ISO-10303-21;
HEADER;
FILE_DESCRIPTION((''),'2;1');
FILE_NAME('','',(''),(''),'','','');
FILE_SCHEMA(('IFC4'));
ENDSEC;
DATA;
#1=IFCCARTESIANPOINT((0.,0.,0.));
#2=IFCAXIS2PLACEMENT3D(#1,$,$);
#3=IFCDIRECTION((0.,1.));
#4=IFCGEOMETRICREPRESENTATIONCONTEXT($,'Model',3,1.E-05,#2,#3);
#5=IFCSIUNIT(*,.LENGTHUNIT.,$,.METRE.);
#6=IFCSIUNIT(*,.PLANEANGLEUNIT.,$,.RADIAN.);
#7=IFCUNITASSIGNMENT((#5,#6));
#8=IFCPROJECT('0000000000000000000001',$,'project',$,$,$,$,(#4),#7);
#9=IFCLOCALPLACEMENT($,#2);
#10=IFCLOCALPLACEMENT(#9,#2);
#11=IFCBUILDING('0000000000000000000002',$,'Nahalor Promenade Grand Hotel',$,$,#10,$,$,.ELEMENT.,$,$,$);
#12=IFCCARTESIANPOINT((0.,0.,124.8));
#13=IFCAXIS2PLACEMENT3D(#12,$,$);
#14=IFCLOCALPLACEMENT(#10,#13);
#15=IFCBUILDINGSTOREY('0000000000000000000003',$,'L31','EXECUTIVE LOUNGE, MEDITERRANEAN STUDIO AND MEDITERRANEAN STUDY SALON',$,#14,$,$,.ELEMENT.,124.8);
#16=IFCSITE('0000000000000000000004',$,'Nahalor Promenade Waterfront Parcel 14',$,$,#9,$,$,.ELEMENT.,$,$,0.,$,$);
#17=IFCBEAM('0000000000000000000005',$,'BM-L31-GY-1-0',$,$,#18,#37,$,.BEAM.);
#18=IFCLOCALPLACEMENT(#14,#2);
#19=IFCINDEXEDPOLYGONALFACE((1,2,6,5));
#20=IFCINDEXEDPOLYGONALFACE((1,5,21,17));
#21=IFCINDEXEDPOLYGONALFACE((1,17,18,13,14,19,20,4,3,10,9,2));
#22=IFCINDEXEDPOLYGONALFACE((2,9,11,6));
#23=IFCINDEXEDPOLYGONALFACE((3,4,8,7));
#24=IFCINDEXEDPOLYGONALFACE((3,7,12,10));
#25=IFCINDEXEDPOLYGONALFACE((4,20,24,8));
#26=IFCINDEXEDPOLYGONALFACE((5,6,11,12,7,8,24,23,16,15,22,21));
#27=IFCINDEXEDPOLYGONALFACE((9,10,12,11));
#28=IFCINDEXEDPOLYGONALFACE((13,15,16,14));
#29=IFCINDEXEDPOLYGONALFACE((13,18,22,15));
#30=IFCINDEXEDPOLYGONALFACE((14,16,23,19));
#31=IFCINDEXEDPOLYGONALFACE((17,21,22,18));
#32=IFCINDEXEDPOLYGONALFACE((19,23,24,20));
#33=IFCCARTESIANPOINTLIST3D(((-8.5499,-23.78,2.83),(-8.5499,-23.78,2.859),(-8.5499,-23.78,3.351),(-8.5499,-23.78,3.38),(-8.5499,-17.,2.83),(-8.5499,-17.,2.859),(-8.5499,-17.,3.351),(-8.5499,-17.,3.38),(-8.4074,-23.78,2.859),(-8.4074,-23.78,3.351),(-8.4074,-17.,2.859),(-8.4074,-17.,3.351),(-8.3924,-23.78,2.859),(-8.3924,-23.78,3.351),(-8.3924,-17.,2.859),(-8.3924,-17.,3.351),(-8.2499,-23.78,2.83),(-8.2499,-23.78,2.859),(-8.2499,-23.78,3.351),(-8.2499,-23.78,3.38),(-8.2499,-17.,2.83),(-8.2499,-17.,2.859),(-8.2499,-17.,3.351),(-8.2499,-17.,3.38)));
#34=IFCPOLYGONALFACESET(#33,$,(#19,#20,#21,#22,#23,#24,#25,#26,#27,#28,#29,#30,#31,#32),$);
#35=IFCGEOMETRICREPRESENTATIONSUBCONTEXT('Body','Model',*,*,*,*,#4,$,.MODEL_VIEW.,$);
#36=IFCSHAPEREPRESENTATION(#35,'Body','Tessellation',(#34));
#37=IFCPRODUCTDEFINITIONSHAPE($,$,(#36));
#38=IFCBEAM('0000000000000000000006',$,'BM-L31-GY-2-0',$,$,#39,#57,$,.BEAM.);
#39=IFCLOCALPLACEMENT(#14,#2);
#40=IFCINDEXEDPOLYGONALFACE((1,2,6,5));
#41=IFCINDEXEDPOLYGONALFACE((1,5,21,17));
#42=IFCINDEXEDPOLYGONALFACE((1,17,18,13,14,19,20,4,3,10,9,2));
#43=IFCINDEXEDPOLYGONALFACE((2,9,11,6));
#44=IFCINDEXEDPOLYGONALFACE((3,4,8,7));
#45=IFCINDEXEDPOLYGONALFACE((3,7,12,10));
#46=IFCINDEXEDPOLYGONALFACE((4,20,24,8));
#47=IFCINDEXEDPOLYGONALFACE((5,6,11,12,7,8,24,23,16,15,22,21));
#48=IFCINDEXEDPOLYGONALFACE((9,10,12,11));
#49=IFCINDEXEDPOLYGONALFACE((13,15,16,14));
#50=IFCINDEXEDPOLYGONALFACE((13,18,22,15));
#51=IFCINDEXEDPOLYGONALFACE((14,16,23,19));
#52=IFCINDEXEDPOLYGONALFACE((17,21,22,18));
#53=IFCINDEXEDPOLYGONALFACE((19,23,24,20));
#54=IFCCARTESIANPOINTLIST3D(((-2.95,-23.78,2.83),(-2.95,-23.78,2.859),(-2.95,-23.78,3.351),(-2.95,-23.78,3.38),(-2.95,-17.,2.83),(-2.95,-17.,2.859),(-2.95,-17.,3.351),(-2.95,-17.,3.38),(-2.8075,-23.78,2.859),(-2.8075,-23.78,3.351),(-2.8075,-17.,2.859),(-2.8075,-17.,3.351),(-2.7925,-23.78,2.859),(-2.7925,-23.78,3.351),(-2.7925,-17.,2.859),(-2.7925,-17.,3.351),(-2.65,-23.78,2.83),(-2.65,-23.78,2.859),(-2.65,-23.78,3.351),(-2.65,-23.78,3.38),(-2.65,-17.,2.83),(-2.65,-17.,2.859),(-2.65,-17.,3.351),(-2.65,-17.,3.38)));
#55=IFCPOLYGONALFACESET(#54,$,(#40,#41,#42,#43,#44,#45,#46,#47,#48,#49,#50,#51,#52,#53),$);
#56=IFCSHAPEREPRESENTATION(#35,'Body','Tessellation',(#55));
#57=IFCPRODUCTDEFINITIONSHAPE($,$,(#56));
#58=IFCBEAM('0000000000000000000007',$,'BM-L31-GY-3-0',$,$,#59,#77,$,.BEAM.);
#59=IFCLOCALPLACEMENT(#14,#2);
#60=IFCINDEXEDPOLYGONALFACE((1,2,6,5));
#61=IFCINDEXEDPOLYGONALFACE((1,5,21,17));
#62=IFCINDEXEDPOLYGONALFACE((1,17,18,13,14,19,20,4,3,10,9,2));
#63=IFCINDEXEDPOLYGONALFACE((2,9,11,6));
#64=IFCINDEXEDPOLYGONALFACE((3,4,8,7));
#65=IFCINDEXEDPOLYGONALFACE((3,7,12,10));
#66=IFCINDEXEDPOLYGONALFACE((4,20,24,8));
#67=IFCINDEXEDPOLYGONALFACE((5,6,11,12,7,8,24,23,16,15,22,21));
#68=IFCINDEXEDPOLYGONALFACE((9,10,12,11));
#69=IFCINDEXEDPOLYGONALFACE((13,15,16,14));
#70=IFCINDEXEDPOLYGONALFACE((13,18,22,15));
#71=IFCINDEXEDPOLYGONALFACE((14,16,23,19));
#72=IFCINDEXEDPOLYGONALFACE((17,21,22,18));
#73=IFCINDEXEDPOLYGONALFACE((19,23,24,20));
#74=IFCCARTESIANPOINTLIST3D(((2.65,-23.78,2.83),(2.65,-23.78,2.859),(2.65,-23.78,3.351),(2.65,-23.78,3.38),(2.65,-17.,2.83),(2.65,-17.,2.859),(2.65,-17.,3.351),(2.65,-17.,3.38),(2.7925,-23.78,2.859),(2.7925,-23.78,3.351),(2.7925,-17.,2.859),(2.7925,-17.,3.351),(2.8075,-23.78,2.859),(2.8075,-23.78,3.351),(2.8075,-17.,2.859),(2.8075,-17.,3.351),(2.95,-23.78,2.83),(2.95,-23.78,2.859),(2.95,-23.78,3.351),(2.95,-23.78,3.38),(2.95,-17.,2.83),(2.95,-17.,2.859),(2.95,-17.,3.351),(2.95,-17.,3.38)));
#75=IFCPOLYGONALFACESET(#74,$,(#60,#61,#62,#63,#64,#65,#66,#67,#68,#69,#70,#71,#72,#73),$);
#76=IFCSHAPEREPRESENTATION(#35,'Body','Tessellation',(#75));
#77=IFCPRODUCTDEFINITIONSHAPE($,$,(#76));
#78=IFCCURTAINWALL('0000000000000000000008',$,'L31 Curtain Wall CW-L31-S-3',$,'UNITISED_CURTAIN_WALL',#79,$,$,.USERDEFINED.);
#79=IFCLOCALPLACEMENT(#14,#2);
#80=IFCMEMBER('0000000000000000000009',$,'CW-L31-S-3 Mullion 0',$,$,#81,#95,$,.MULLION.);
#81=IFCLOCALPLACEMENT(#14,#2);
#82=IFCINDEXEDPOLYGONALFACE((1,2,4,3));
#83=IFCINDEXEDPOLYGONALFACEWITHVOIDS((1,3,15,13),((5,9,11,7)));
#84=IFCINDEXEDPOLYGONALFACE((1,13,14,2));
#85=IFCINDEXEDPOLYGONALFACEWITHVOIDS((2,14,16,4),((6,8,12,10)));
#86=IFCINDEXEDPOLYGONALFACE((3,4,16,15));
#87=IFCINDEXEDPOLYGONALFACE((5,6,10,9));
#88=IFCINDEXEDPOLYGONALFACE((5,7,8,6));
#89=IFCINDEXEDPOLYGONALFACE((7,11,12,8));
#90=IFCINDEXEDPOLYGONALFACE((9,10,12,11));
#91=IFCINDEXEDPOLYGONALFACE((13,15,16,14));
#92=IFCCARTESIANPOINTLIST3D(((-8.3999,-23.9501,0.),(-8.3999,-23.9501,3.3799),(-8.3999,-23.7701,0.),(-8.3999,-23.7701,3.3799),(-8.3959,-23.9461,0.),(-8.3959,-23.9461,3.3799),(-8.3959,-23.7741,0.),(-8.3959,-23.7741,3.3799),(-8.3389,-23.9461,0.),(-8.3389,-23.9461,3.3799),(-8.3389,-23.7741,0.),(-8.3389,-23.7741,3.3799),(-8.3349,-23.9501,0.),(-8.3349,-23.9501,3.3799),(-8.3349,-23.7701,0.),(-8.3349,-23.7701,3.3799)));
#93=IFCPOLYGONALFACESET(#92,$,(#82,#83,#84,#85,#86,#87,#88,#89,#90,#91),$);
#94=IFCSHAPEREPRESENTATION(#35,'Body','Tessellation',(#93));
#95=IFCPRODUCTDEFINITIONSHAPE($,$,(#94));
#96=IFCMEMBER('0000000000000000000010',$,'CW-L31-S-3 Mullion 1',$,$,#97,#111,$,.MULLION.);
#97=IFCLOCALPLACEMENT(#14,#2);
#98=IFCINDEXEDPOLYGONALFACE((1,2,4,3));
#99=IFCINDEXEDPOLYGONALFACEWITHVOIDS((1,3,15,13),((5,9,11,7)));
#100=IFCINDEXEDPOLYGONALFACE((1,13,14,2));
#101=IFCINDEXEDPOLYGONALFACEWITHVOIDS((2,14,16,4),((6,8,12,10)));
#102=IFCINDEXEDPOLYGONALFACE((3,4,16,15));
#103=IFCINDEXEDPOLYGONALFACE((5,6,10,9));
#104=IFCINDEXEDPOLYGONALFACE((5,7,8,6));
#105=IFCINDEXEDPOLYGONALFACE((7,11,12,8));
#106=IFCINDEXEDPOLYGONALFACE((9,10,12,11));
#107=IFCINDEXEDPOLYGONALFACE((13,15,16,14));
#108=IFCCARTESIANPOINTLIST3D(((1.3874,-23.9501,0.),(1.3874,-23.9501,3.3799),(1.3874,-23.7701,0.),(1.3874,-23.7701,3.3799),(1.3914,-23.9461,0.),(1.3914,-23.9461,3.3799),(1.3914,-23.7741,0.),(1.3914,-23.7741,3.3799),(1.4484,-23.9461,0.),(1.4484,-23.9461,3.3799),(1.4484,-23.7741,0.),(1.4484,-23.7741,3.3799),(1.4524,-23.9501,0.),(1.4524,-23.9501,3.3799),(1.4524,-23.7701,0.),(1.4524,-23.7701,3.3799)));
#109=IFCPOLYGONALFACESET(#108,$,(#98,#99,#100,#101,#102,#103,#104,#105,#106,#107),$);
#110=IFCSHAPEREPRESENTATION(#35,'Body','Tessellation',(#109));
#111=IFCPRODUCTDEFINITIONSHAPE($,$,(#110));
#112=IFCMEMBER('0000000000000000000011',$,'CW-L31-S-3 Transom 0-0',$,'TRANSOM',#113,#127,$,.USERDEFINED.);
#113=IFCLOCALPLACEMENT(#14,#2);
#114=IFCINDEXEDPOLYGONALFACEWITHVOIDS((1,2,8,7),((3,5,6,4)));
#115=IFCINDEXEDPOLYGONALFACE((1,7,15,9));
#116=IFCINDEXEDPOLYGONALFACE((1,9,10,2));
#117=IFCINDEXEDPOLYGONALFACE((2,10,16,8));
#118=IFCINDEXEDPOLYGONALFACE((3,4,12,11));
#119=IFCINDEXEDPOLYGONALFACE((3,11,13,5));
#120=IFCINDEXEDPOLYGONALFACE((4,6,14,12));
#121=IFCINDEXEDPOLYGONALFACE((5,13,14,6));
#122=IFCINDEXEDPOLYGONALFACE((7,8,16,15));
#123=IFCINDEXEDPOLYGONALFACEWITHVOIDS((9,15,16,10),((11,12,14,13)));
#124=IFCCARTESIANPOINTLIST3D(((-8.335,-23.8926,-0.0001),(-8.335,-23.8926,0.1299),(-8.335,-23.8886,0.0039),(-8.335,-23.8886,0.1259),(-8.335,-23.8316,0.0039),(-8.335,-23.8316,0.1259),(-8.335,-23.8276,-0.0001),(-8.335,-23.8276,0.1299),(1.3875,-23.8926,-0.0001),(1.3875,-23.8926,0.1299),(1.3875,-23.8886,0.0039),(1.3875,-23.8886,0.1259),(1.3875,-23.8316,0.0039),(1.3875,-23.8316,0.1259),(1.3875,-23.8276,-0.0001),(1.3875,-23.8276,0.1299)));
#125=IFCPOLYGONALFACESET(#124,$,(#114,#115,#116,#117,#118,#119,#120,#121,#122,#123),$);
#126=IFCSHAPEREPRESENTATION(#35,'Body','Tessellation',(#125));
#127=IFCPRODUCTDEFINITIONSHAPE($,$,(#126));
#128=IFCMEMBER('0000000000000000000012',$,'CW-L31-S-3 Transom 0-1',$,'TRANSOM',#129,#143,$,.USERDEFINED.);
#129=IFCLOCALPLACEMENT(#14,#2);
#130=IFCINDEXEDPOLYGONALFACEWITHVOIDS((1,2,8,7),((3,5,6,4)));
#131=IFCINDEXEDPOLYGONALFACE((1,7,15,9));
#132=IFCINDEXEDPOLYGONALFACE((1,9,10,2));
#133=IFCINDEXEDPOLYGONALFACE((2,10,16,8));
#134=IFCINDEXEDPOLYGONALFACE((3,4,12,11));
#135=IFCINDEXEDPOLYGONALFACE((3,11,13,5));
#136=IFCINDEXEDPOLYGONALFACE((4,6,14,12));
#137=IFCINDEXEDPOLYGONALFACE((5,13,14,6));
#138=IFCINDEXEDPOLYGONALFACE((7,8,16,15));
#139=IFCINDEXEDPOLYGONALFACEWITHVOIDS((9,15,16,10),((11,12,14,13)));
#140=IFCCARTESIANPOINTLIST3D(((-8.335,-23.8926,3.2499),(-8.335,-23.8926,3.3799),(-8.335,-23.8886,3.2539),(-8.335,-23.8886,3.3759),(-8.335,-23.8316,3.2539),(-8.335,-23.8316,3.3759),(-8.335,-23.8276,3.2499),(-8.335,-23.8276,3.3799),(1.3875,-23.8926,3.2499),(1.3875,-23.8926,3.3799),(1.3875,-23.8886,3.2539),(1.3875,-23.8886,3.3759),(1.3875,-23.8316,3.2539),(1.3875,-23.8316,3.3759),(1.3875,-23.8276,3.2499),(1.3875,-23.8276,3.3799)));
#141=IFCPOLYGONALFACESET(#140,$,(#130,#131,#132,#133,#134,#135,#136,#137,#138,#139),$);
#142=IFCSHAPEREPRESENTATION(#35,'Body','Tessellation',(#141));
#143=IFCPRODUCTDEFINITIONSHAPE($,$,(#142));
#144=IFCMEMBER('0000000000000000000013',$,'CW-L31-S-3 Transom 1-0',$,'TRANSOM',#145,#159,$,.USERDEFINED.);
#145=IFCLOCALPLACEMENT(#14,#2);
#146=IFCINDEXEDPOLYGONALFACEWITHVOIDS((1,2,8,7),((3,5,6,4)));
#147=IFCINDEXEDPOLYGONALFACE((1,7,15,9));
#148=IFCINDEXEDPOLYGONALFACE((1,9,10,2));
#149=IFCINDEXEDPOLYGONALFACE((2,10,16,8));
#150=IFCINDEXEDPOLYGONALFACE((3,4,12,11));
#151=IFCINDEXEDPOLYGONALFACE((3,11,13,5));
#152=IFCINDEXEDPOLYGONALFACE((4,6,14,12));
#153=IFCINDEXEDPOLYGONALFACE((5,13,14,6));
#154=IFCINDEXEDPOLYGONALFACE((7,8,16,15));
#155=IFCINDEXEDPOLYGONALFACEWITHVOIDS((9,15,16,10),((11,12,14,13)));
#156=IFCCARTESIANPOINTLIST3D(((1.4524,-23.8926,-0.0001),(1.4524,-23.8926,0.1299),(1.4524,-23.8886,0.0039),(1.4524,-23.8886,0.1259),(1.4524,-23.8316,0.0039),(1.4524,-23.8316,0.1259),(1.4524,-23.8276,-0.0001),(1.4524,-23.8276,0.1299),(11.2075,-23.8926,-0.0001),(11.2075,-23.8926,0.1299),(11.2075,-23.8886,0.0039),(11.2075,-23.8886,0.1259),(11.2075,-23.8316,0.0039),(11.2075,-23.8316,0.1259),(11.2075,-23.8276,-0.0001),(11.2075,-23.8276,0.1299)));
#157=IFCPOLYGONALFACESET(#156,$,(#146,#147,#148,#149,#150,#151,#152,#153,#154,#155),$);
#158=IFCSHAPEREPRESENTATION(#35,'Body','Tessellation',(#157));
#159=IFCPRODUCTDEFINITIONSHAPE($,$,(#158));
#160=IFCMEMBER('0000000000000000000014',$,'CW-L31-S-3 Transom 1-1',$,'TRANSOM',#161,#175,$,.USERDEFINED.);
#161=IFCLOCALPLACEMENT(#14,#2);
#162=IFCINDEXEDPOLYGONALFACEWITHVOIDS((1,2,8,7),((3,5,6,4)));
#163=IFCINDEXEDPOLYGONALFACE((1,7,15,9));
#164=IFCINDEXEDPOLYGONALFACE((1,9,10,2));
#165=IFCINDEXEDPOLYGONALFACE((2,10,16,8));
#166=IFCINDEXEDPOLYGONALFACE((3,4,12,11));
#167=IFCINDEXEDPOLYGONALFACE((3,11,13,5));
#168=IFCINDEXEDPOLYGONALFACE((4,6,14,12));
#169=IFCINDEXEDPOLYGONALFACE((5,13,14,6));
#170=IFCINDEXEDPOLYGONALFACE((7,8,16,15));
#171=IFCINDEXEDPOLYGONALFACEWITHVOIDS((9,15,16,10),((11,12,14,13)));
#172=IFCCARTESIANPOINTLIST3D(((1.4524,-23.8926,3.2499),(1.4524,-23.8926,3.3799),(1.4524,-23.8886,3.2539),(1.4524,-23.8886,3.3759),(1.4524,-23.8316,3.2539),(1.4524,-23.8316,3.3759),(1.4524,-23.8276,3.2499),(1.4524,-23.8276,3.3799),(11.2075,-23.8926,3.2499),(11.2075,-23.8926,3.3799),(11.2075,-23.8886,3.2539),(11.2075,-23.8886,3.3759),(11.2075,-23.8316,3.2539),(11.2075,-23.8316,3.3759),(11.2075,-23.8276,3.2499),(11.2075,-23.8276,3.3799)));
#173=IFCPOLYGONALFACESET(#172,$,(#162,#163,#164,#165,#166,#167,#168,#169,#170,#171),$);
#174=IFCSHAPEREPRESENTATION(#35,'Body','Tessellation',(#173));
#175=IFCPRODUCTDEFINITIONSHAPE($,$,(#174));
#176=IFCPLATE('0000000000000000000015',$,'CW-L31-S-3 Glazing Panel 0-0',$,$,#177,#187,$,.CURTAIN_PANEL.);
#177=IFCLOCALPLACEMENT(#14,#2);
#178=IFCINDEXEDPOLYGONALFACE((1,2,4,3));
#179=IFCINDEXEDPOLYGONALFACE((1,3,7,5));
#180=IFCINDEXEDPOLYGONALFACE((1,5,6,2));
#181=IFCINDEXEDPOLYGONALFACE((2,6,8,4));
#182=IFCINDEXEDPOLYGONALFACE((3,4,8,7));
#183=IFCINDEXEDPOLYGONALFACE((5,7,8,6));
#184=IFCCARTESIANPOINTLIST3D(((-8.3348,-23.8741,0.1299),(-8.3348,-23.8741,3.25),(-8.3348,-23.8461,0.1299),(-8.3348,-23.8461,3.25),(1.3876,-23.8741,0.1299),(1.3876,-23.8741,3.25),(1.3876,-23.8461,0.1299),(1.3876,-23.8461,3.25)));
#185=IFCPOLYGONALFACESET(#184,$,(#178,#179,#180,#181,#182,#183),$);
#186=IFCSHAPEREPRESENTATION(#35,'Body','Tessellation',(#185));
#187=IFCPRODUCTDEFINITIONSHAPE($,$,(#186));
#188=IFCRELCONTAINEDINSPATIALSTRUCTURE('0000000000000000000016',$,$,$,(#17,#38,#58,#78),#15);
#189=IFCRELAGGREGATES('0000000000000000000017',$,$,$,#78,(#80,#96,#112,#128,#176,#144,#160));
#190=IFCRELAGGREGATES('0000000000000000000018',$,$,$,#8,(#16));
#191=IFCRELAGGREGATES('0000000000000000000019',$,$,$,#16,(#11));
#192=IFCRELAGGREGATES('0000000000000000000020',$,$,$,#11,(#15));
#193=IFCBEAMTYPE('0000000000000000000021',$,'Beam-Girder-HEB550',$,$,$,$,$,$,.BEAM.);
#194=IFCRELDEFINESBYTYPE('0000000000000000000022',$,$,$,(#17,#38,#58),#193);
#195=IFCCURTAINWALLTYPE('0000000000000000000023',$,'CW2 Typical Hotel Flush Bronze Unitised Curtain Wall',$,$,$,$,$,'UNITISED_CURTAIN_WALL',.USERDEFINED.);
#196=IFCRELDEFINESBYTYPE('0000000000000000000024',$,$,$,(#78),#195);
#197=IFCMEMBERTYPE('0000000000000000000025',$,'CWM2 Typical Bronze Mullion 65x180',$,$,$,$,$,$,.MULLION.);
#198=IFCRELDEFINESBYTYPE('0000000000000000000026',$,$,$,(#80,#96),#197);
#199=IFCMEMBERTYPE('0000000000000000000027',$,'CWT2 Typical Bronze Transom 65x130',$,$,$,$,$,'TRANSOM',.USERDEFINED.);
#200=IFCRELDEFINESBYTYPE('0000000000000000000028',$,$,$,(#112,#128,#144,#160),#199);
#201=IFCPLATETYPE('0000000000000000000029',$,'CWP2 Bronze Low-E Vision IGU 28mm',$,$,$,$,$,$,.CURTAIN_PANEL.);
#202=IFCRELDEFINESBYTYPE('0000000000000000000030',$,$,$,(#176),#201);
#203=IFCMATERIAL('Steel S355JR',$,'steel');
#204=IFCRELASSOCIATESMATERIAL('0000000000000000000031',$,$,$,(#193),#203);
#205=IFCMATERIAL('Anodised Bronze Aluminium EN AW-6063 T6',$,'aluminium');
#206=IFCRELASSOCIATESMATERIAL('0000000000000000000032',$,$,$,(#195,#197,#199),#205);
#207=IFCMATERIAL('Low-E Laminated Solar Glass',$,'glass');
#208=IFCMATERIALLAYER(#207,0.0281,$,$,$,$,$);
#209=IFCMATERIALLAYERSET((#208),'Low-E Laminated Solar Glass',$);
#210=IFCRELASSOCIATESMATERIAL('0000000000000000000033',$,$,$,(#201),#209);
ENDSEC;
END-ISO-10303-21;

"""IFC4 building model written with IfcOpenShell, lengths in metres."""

from ifc_helpers import new_model, si_unit, direction, frame, origin, origin_2d, place, context, subcontext, project, spatial, rectangle, hollow_rectangle, i_section, extrude, source, transform, mapped, material, layer, layer_set, material_profile, profile_set, type_object, element, aggregate, save


model = new_model("IFC4")

# Units and contexts
model_context = context("Model", 3, precision=1e-05, world=origin(), true_north=direction((0.0, 1.0)))
body_context = subcontext(model_context, "Body", "Model", "MODEL_VIEW")
ifc_project = project(units=[si_unit("LENGTHUNIT", "METRE"), si_unit("PLANEANGLEUNIT", "RADIAN")], contexts=[model_context])

# Site, building, storey
site_placement = place(None, origin())
site = spatial("IfcSite", under=ifc_project, at=site_placement, Name="Nahalor Promenade Waterfront Parcel 14", CompositionType="ELEMENT", RefElevation=0.0)
building_placement = place(site_placement, origin())
building = spatial("IfcBuilding", under=site, at=building_placement, Name="Nahalor Promenade Grand Hotel", CompositionType="ELEMENT")
storey_placement = place(building_placement, frame((0.0, 0.0, 124.8)))
storey = spatial("IfcBuildingStorey", under=building, at=storey_placement, Name="L31", Description="EXECUTIVE LOUNGE, MEDITERRANEAN STUDIO AND MEDITERRANEAN STUDY SALON", CompositionType="ELEMENT", Elevation=124.8)

# Beams
ifc_material_1 = material(Name="Steel S355JR", Category="steel")
ifc_material_profile_1 = material_profile(ifc_material_1, i_section(OverallWidth=0.3, OverallDepth=0.55, WebThickness=0.015, FlangeThickness=0.029, at=origin_2d()), Name="HEB 550")
ifc_profile_set_1 = profile_set([ifc_material_profile_1], Name="Steel S355JR")
beam_type_1 = type_object("IfcBeamType", Name="Beam-Girder-HEB550", PredefinedType="BEAM", material=ifc_profile_set_1)
shared_shape_1 = source(origin(), body_context, "Body", "SweptSolid", [
    extrude(i_section(OverallWidth=0.3, OverallDepth=0.55, WebThickness=0.015, FlangeThickness=0.029, at=origin_2d()), origin(), (0.0, 0.0, 1.0), 6.78),
])
for number, where, z_axis, x_axis, name in (
    (1, (-8.3999, -23.78, 3.105), (0.0, 1.0, 0.0), (-1.0, 0.0, 0.0), "BM-L31-GY-1-0"),
    (2, (-2.8, -23.78, 3.105), (0.0, 1.0, 0.0), (-1.0, 0.0, 0.0), "BM-L31-GY-2-0"),
    (3, (2.8, -23.78, 3.105), (0.0, 1.0, 0.0), (-1.0, 0.0, 0.0), "BM-L31-GY-3-0"),
):
    element("IfcBeam", number, at=place(storey_placement, frame(where, z_axis=z_axis, x_axis=x_axis)), inside=storey, type_object=beam_type_1, Name=name, PredefinedType="BEAM", context=body_context, shape_type="MappedRepresentation", body=[
        mapped(shared_shape_1, transform((0.0, 0.0, 0.0), scale=1.0)),
    ])

# Curtain wall, members, plate
ifc_material_2 = material(Name="Anodised Bronze Aluminium EN AW-6063 T6", Category="aluminium")
curtain_wall_type = type_object("IfcCurtainWallType", Name="CW2 Typical Hotel Flush Bronze Unitised Curtain Wall", ElementType="UNITISED_CURTAIN_WALL", PredefinedType="USERDEFINED", material=ifc_material_2)
curtain_wall_placement = place(storey_placement, origin())
curtain_wall = element("IfcCurtainWall", 4, at=curtain_wall_placement, inside=storey, type_object=curtain_wall_type, Name="L31 Curtain Wall CW-L31-S-3", ObjectType="UNITISED_CURTAIN_WALL", PredefinedType="USERDEFINED")
ifc_material_profile_2 = material_profile(ifc_material_2, hollow_rectangle(XDim=0.065, YDim=0.18, WallThickness=0.004, at=origin_2d()), Name="CWM 65x180x4")
ifc_profile_set_2 = profile_set([ifc_material_profile_2], Name="Anodised Bronze Aluminium EN AW-6063 T6")
member_type_1 = type_object("IfcMemberType", Name="CWM2 Typical Bronze Mullion 65x180", PredefinedType="MULLION", material=ifc_profile_set_2)
shared_shape_2 = source(origin(), body_context, "Body", "SweptSolid", [
    extrude(hollow_rectangle(XDim=0.065, YDim=0.18, WallThickness=0.004, at=origin_2d()), origin(), (0.0, 0.0, 1.0), 3.3799),
])
member_1_placement = place(storey_placement, frame((-8.3674, -23.8601, 0.0), z_axis=(0.0, 0.0, 1.0), x_axis=(1.0, 0.0, 0.0)))
member_1 = element("IfcMember", 5, at=member_1_placement, type_object=member_type_1, Name="CW-L31-S-3 Mullion 0", PredefinedType="MULLION", context=body_context, shape_type="MappedRepresentation", body=[
    mapped(shared_shape_2, transform((0.0, 0.0, 0.0), scale=1.0)),
])
member_2_placement = place(storey_placement, frame((1.4199, -23.8601, 0.0), z_axis=(0.0, 0.0, 1.0), x_axis=(1.0, 0.0, 0.0)))
member_2 = element("IfcMember", 6, at=member_2_placement, type_object=member_type_1, Name="CW-L31-S-3 Mullion 1", PredefinedType="MULLION", context=body_context, shape_type="MappedRepresentation", body=[
    mapped(shared_shape_2, transform((0.0, 0.0, 0.0), scale=1.0)),
])
ifc_material_profile_3 = material_profile(ifc_material_2, hollow_rectangle(XDim=0.065, YDim=0.13, WallThickness=0.004, at=origin_2d()), Name="CWT 65x130x4")
ifc_profile_set_3 = profile_set([ifc_material_profile_3], Name="Anodised Bronze Aluminium EN AW-6063 T6")
member_type_2 = type_object("IfcMemberType", Name="CWT2 Typical Bronze Transom 65x130", ElementType="TRANSOM", PredefinedType="USERDEFINED", material=ifc_profile_set_3)
shared_shape_3 = source(origin(), body_context, "Body", "SweptSolid", [
    extrude(hollow_rectangle(XDim=0.065, YDim=0.13, WallThickness=0.004, at=origin_2d()), origin(), (0.0, 0.0, 1.0), 9.7224),
])
member_3_placement = place(storey_placement, frame((-8.335, -23.8601, 0.0649), z_axis=(1.0, 0.0, 0.0), x_axis=(0.0, 1.0, 0.0)))
member_3 = element("IfcMember", 7, at=member_3_placement, type_object=member_type_2, Name="CW-L31-S-3 Transom 0-0", ObjectType="TRANSOM", PredefinedType="USERDEFINED", context=body_context, shape_type="MappedRepresentation", body=[
    mapped(shared_shape_3, transform((0.0, 0.0, 0.0), scale=1.0)),
])
member_4_placement = place(storey_placement, frame((-8.335, -23.8601, 3.3149), z_axis=(1.0, 0.0, 0.0), x_axis=(0.0, 1.0, 0.0)))
member_4 = element("IfcMember", 8, at=member_4_placement, type_object=member_type_2, Name="CW-L31-S-3 Transom 0-1", ObjectType="TRANSOM", PredefinedType="USERDEFINED", context=body_context, shape_type="MappedRepresentation", body=[
    mapped(shared_shape_3, transform((0.0, 0.0, 0.0), scale=1.0)),
])
shared_shape_4 = source(origin(), body_context, "Body", "SweptSolid", [
    extrude(hollow_rectangle(XDim=0.065, YDim=0.13, WallThickness=0.004, at=origin_2d()), origin(), (0.0, 0.0, 1.0), 9.7551),
])
member_5_placement = place(storey_placement, frame((1.4524, -23.8601, 0.0649), z_axis=(1.0, 0.0, 0.0), x_axis=(0.0, 1.0, 0.0)))
member_5 = element("IfcMember", 9, at=member_5_placement, type_object=member_type_2, Name="CW-L31-S-3 Transom 1-0", ObjectType="TRANSOM", PredefinedType="USERDEFINED", context=body_context, shape_type="MappedRepresentation", body=[
    mapped(shared_shape_4, transform((0.0, 0.0, 0.0), scale=1.0)),
])
member_6_placement = place(storey_placement, frame((1.4524, -23.8601, 3.3149), z_axis=(1.0, 0.0, 0.0), x_axis=(0.0, 1.0, 0.0)))
member_6 = element("IfcMember", 10, at=member_6_placement, type_object=member_type_2, Name="CW-L31-S-3 Transom 1-1", ObjectType="TRANSOM", PredefinedType="USERDEFINED", context=body_context, shape_type="MappedRepresentation", body=[
    mapped(shared_shape_4, transform((0.0, 0.0, 0.0), scale=1.0)),
])
ifc_material_3 = material(Name="Low-E Laminated Solar Glass", Category="glass")
ifc_layer_1 = layer(ifc_material_3, 0.0281)
ifc_layer_set_1 = layer_set([ifc_layer_1], Name="Low-E Laminated Solar Glass")
plate_type = type_object("IfcPlateType", Name="CWP2 Bronze Low-E Vision IGU 28mm", PredefinedType="CURTAIN_PANEL", material=ifc_layer_set_1)
shared_shape_5 = source(origin(), body_context, "Body", "SweptSolid", [
    extrude(rectangle(XDim=9.7224, YDim=0.0281, at=origin_2d()), origin(), (0.0, 0.0, 1.0), 3.1201),
])
plate_placement = place(storey_placement, frame((-3.4736, -23.8601, 0.1299), z_axis=(0.0, 0.0, 1.0), x_axis=(1.0, 0.0, 0.0)))
plate = element("IfcPlate", 11, at=plate_placement, type_object=plate_type, Name="CW-L31-S-3 Glazing Panel 0-0", PredefinedType="CURTAIN_PANEL", context=body_context, shape_type="MappedRepresentation", body=[
    mapped(shared_shape_5, transform((0.0, 0.0, 0.0), scale=1.0)),
])
aggregate(curtain_wall, [member_1, member_2, member_3, member_4, plate, member_5, member_6])

save(model, "model.ifc")
